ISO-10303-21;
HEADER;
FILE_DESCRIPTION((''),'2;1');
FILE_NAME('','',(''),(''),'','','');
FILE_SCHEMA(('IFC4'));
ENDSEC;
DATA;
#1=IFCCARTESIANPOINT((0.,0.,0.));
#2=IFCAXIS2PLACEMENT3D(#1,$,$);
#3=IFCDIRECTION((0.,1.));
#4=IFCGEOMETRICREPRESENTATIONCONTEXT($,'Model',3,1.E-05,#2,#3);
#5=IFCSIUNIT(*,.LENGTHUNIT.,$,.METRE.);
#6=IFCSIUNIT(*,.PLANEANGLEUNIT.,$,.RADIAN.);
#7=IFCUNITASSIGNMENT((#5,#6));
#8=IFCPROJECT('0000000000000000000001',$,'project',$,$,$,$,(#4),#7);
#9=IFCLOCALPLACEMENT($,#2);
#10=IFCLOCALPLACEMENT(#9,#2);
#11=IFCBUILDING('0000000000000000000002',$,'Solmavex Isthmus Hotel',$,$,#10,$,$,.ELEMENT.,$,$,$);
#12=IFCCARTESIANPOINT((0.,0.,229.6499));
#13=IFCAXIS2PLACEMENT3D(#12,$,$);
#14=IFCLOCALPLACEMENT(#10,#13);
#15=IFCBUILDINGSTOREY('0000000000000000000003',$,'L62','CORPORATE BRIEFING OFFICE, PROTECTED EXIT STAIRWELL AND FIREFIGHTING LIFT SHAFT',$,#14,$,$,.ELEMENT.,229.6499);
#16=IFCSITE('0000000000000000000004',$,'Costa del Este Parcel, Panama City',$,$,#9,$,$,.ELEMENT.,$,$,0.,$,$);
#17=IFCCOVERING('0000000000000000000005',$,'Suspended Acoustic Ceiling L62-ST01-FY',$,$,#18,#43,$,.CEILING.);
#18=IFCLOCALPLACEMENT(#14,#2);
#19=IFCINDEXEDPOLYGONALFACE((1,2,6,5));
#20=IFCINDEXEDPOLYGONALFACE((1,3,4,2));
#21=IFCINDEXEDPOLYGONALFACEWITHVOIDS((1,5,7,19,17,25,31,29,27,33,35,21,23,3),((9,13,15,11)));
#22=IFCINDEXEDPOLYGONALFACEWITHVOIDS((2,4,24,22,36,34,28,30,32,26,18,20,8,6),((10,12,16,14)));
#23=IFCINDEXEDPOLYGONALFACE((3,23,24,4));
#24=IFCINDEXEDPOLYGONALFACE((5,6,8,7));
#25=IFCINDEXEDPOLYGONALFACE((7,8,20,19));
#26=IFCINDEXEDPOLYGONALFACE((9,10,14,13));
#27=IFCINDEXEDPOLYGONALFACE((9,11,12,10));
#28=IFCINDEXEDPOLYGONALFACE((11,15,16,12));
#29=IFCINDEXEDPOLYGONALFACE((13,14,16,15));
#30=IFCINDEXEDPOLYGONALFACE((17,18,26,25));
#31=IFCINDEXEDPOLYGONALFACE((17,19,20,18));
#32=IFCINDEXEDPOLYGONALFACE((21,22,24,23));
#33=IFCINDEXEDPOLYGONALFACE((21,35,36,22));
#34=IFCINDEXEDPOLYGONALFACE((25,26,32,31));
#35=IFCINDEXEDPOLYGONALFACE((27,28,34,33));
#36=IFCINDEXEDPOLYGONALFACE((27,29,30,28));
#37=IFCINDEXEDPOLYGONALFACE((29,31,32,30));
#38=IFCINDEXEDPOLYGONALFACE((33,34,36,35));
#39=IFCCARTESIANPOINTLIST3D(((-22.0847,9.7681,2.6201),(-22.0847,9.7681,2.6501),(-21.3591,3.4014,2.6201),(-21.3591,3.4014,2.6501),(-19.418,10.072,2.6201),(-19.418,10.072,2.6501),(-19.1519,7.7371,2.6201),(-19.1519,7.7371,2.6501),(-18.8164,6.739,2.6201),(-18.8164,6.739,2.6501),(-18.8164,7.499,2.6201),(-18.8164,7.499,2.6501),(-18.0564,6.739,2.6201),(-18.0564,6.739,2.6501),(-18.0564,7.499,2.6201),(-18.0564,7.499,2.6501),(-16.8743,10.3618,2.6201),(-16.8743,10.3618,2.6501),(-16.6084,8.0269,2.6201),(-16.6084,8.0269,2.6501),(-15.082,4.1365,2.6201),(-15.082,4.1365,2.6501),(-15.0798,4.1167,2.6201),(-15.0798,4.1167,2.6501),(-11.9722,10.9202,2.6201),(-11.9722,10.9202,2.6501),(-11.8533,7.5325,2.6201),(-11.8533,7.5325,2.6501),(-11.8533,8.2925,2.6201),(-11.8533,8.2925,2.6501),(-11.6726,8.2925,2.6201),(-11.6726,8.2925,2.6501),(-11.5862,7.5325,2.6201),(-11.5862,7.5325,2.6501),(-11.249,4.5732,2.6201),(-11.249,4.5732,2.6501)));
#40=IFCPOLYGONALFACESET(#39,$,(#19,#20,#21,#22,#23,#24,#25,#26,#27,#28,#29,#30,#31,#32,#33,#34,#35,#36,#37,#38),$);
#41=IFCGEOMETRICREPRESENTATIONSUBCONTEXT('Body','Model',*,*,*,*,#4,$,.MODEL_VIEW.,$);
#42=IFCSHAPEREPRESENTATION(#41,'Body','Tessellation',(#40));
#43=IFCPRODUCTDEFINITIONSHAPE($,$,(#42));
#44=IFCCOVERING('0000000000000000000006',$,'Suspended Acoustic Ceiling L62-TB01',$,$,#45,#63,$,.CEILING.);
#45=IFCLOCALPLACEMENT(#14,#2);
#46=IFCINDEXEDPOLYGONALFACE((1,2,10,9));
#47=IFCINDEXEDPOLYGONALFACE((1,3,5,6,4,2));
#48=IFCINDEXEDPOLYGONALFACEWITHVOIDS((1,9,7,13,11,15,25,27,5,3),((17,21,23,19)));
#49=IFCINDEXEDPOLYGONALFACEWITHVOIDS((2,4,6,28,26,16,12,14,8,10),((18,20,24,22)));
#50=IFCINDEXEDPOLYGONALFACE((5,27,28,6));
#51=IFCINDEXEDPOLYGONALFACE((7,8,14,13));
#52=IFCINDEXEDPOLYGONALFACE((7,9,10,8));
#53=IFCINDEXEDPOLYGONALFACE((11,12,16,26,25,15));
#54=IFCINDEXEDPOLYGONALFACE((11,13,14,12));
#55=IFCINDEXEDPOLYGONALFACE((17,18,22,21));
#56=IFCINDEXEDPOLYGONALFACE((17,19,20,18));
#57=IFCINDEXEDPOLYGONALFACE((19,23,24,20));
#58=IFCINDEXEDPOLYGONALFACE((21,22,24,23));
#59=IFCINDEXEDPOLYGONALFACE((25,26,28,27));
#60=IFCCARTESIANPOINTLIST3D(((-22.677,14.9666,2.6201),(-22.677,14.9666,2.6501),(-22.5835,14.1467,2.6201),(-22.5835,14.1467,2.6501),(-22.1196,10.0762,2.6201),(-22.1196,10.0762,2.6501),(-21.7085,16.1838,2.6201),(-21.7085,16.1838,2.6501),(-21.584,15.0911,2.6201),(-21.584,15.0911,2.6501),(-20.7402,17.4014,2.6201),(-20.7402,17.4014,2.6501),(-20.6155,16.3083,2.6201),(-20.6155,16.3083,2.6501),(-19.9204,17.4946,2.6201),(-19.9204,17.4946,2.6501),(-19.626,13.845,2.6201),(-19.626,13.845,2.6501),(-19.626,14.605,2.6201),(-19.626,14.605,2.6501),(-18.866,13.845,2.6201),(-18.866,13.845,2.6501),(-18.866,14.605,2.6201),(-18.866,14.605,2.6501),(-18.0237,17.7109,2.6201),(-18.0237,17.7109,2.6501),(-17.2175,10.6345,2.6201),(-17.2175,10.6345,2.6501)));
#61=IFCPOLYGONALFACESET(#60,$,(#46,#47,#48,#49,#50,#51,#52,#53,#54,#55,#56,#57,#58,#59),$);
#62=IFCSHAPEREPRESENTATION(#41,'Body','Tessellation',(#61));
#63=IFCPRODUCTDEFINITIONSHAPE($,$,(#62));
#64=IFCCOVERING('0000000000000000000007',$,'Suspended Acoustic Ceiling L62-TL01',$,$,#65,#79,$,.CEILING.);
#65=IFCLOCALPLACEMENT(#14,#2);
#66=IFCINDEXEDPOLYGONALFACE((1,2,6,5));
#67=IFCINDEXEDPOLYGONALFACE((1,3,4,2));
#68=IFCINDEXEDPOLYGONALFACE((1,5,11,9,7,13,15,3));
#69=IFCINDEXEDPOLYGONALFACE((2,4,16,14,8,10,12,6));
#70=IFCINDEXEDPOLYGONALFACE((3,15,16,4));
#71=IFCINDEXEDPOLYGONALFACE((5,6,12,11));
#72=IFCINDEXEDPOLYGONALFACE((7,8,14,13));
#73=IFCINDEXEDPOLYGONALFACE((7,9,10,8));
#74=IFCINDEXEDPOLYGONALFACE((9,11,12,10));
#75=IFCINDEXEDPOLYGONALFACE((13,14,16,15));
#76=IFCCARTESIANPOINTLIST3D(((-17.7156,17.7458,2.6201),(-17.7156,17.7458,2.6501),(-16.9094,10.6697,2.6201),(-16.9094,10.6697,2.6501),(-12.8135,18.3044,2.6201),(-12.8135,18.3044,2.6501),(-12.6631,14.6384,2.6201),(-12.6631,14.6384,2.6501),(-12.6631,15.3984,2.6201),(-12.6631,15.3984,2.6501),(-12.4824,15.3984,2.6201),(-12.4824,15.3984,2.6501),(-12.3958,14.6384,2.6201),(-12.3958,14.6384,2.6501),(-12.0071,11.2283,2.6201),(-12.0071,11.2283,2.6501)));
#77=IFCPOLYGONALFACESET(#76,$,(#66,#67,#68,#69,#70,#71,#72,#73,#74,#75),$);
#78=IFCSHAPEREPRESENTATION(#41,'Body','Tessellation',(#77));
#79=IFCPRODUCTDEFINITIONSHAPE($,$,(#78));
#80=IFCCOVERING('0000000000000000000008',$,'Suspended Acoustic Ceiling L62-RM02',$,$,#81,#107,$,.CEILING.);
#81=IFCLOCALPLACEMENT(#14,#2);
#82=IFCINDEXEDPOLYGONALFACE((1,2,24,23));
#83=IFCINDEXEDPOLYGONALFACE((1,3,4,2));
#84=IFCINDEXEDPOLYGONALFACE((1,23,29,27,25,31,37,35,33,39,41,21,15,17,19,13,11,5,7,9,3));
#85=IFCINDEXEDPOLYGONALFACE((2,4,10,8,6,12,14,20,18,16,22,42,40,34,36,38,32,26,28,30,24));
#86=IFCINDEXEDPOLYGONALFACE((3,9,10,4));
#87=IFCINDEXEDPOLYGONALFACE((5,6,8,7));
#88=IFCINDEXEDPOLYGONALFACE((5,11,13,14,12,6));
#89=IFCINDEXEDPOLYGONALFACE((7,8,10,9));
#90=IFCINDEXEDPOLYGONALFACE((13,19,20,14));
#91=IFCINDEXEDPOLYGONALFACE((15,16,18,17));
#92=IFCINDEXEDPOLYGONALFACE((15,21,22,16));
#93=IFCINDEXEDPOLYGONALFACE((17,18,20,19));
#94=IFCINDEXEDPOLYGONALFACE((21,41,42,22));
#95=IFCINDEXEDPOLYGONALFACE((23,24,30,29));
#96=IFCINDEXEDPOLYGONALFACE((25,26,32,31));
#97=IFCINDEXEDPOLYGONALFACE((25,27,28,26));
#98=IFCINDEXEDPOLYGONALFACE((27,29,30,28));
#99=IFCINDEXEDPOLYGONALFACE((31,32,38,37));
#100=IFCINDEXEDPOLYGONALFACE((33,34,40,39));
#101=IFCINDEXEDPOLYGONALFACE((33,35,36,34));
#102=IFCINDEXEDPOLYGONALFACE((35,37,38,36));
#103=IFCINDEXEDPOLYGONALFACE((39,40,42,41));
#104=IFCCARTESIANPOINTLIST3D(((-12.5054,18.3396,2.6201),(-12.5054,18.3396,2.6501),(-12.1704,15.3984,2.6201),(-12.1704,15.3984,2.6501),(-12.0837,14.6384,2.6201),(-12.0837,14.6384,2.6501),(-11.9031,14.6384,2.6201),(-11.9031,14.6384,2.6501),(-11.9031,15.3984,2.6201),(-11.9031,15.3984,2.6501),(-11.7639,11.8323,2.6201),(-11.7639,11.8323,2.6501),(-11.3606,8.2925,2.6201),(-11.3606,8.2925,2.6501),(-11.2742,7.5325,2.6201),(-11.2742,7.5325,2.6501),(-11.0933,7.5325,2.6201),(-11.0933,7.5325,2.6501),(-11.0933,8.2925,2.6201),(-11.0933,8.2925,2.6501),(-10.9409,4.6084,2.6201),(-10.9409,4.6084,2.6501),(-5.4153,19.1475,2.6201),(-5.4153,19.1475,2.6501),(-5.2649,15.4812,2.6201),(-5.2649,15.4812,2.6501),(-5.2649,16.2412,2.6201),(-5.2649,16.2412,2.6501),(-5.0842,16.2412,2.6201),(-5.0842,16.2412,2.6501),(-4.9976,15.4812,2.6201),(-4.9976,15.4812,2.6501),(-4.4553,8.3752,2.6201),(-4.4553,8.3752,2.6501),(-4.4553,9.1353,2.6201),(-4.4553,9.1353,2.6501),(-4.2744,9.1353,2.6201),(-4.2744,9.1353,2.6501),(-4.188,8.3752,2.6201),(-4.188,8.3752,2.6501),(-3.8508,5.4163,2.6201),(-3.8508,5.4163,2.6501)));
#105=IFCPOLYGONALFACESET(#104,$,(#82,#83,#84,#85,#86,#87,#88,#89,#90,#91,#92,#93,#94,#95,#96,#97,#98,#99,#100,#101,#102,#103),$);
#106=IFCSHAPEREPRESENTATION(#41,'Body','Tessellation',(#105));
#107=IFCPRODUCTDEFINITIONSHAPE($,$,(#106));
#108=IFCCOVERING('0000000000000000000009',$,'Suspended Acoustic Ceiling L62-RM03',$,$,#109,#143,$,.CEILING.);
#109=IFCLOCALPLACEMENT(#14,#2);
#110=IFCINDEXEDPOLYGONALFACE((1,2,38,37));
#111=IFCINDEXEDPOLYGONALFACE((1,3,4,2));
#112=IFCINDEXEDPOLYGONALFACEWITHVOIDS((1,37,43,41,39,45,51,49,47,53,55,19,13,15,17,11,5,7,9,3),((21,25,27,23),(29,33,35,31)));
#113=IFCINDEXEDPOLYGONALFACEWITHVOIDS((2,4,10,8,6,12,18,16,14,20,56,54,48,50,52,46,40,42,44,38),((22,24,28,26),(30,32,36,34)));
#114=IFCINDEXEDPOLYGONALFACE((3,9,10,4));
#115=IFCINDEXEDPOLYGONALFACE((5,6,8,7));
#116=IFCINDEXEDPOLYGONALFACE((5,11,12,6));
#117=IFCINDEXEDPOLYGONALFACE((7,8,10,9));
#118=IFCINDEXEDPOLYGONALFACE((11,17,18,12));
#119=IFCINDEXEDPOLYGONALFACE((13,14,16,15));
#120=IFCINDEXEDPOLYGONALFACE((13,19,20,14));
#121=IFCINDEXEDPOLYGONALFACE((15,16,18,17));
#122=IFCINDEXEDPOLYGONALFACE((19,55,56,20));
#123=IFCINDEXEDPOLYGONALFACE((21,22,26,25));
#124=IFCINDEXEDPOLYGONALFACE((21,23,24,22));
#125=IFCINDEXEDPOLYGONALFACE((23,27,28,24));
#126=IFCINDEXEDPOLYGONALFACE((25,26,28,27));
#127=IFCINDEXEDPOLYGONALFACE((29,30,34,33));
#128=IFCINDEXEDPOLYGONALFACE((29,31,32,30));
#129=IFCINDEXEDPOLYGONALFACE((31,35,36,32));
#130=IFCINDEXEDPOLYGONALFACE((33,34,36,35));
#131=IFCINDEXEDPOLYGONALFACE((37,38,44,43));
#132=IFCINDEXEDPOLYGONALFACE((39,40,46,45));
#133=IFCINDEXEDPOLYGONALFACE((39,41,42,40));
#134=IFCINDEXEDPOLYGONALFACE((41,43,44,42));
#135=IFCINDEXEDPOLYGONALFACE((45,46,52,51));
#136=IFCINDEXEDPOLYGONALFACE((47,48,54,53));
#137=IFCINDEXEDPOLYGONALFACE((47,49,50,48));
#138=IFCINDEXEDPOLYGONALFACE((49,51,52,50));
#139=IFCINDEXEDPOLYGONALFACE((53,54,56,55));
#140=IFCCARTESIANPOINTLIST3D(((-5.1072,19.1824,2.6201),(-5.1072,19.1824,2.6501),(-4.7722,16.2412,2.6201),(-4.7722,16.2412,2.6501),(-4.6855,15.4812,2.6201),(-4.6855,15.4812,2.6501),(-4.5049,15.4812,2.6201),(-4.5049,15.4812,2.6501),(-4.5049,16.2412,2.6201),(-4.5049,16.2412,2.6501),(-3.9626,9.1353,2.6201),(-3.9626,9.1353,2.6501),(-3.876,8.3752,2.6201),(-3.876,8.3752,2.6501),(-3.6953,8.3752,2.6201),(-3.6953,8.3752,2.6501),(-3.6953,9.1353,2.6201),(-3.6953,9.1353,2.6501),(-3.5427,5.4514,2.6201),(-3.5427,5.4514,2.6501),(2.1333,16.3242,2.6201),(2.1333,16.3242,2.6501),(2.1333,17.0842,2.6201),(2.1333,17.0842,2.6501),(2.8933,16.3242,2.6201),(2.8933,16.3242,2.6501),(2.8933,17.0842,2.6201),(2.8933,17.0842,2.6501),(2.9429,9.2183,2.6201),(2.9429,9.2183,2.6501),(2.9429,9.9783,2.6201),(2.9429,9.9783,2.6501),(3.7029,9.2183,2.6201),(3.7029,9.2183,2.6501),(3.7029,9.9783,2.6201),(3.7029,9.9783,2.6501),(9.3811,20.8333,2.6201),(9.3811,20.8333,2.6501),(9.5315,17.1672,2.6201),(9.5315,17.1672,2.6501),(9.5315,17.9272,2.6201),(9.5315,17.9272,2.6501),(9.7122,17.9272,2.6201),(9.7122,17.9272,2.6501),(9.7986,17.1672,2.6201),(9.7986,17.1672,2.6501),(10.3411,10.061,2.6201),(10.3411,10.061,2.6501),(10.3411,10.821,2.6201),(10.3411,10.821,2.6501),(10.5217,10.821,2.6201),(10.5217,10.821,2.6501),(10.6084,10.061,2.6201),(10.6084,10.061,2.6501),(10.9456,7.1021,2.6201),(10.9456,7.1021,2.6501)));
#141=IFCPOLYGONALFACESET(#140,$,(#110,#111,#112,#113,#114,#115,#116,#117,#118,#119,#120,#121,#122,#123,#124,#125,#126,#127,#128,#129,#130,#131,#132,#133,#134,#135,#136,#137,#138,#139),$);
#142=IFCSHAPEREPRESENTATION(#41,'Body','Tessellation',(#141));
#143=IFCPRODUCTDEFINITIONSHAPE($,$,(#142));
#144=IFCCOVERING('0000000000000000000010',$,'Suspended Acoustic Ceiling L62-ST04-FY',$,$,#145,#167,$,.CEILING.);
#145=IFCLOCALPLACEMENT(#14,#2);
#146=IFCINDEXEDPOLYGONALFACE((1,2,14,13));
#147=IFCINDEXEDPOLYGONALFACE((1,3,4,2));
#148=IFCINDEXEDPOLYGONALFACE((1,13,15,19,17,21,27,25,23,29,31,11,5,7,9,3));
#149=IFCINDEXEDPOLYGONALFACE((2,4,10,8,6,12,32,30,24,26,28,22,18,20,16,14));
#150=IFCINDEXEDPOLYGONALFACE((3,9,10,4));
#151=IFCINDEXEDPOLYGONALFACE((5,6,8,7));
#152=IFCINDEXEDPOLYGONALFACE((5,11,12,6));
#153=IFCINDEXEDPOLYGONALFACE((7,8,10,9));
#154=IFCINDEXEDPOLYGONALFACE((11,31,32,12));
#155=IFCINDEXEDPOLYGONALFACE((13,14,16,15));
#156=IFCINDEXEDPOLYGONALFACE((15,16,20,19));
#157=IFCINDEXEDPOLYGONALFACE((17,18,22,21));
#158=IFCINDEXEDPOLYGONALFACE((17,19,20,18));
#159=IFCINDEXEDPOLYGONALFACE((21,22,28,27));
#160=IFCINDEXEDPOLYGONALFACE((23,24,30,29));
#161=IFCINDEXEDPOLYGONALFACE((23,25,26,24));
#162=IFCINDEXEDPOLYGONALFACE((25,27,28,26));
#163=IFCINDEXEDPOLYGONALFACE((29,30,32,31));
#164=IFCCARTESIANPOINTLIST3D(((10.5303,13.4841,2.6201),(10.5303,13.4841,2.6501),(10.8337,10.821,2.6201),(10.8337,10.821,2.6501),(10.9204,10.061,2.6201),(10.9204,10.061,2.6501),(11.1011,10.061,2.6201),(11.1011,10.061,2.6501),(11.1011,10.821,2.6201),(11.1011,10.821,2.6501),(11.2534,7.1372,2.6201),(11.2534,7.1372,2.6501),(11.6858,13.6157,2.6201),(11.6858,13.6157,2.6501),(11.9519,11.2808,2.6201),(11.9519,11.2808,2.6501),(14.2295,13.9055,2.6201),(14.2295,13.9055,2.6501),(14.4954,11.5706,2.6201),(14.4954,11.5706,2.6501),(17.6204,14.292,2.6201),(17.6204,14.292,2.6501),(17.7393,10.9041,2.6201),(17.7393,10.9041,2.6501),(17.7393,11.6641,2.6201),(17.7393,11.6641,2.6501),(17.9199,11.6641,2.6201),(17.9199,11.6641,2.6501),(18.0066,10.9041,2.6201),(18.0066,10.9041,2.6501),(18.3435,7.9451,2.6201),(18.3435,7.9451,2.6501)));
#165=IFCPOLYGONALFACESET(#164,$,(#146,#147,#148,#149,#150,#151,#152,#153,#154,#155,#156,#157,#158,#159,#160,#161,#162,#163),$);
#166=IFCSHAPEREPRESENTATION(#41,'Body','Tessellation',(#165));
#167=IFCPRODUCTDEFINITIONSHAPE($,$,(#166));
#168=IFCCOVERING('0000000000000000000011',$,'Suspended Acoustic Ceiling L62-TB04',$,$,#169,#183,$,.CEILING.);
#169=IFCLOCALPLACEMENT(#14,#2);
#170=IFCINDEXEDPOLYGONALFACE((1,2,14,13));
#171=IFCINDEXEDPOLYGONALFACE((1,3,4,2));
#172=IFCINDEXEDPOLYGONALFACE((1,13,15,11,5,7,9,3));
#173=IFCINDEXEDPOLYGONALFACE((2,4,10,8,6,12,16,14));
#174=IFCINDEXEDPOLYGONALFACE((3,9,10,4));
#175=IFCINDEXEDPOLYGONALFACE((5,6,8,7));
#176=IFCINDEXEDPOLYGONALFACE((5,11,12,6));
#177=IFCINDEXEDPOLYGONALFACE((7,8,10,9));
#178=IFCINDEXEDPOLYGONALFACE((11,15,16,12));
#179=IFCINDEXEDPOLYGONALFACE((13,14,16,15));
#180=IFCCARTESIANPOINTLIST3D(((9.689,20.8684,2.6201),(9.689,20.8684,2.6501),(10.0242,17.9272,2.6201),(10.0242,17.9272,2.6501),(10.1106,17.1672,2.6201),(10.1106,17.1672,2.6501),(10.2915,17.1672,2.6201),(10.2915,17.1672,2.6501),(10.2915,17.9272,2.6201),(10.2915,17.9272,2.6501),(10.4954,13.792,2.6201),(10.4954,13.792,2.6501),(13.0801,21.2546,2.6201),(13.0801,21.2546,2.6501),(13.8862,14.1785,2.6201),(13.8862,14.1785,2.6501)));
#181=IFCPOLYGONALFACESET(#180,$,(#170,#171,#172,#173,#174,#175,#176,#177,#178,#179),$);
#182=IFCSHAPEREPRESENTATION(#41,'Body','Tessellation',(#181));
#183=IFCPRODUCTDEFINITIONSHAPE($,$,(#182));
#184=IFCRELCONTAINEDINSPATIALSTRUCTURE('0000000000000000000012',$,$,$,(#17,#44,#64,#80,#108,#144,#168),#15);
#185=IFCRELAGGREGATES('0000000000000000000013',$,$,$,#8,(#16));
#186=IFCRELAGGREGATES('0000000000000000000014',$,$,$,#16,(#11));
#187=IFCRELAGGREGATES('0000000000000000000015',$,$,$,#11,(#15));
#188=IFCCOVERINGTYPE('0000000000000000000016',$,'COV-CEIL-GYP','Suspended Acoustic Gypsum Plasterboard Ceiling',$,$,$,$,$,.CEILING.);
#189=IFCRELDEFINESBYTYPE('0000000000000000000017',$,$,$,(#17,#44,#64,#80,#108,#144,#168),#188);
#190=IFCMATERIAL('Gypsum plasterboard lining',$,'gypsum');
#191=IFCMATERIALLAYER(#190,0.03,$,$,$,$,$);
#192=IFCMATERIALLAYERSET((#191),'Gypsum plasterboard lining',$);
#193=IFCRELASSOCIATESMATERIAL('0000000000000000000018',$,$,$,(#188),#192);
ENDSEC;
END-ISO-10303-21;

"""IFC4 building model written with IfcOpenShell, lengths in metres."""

from ifc_helpers import new_model, si_unit, direction, frame, origin, place, context, subcontext, project, spatial, polyline, outline, extrude, material, layer, layer_set, type_object, element, save


model = new_model("IFC4")

# Units and contexts
model_context = context("Model", 3, precision=1e-05, world=origin(), true_north=direction((0.0, 1.0)))
body_context = subcontext(model_context, "Body", "Model", "MODEL_VIEW")
ifc_project = project(units=[si_unit("LENGTHUNIT", "METRE"), si_unit("PLANEANGLEUNIT", "RADIAN")], contexts=[model_context])

# Site, building, storey
site_placement = place(None, origin())
site = spatial("IfcSite", under=ifc_project, at=site_placement, Name="Costa del Este Parcel, Panama City", CompositionType="ELEMENT", RefElevation=0.0)
building_placement = place(site_placement, origin())
building = spatial("IfcBuilding", under=site, at=building_placement, Name="Solmavex Isthmus Hotel", CompositionType="ELEMENT")
storey_placement = place(building_placement, frame((0.0, 0.0, 229.6499)))
storey = spatial("IfcBuildingStorey", under=building, at=storey_placement, Name="L62", Description="CORPORATE BRIEFING OFFICE, PROTECTED EXIT STAIRWELL AND FIREFIGHTING LIFT SHAFT", CompositionType="ELEMENT", Elevation=229.6499)

# Shared definitions
ifc_material_1 = material(Name="Gypsum plasterboard lining", Category="gypsum")

# Coverings
ifc_layer_1 = layer(ifc_material_1, 0.03)
ifc_layer_set_1 = layer_set([ifc_layer_1], Name="Gypsum plasterboard lining")
covering_type_1 = type_object("IfcCoveringType", Name="COV-CEIL-GYP", Description="Suspended Acoustic Gypsum Plasterboard Ceiling", PredefinedType="CEILING", material=ifc_layer_set_1)
covering_1_placement = place(storey_placement, frame((0.0, 0.0, 2.6201)))
element("IfcCovering", 1, at=covering_1_placement, inside=storey, type_object=covering_type_1, Name="Suspended Acoustic Ceiling L62-ST01-FY", PredefinedType="CEILING", context=body_context, shape_type="SweptSolid", body=[
    extrude(outline(polyline([(-15.0798, 4.1167), (-15.082, 4.1365), (-11.249, 4.5732), (-11.5862, 7.5325), (-11.8533, 7.5325), (-11.8533, 8.2925), (-11.6726, 8.2925), (-11.9722, 10.9202), (-16.8743, 10.3618), (-16.6084, 8.0269), (-19.1519, 7.7371), (-19.418, 10.072), (-22.0847, 9.7681), (-21.3591, 3.4014), (-15.0798, 4.1167)]), holes=[polyline([(-18.8164, 6.739), (-18.8164, 7.499), (-18.0564, 7.499), (-18.0564, 6.739), (-18.8164, 6.739)])]), origin(), (0.0, 0.0, 1.0), 0.03),
])
covering_2_placement = place(storey_placement, frame((0.0, 0.0, 2.6201)))
element("IfcCovering", 2, at=covering_2_placement, inside=storey, type_object=covering_type_1, Name="Suspended Acoustic Ceiling L62-TB01", PredefinedType="CEILING", context=body_context, shape_type="SweptSolid", body=[
    extrude(outline(polyline([(-22.677, 14.9666), (-22.5835, 14.1467), (-22.1196, 10.0762), (-17.2175, 10.6345), (-18.0237, 17.7109), (-19.9204, 17.4946), (-20.7402, 17.4014), (-20.6155, 16.3083), (-21.7085, 16.1838), (-21.584, 15.0911), (-22.677, 14.9666)]), holes=[polyline([(-19.626, 13.845), (-19.626, 14.605), (-18.866, 14.605), (-18.866, 13.845), (-19.626, 13.845)])]), origin(), (0.0, 0.0, 1.0), 0.03),
])
covering_3_placement = place(storey_placement, frame((0.0, 0.0, 2.6201)))
element("IfcCovering", 3, at=covering_3_placement, inside=storey, type_object=covering_type_1, Name="Suspended Acoustic Ceiling L62-TL01", PredefinedType="CEILING", context=body_context, shape_type="SweptSolid", body=[
    extrude(outline(polyline([(-12.3958, 14.6384), (-12.6631, 14.6384), (-12.6631, 15.3984), (-12.4824, 15.3984), (-12.8135, 18.3044), (-17.7156, 17.7458), (-16.9094, 10.6697), (-12.0071, 11.2283), (-12.3958, 14.6384)])), origin(), (0.0, 0.0, 1.0), 0.03),
])
covering_4_placement = place(storey_placement, frame((0.0, 0.0, 2.6201)))
element("IfcCovering", 4, at=covering_4_placement, inside=storey, type_object=covering_type_1, Name="Suspended Acoustic Ceiling L62-RM02", PredefinedType="CEILING", context=body_context, shape_type="SweptSolid", body=[
    extrude(outline(polyline([(-11.3606, 8.2925), (-11.0933, 8.2925), (-11.0933, 7.5325), (-11.2742, 7.5325), (-10.9409, 4.6084), (-3.8508, 5.4163), (-4.188, 8.3752), (-4.4553, 8.3752), (-4.4553, 9.1353), (-4.2744, 9.1353), (-4.9976, 15.4812), (-5.2649, 15.4812), (-5.2649, 16.2412), (-5.0842, 16.2412), (-5.4153, 19.1475), (-12.5054, 18.3396), (-12.1704, 15.3984), (-11.9031, 15.3984), (-11.9031, 14.6384), (-12.0837, 14.6384), (-11.7639, 11.8323), (-11.3606, 8.2925)])), origin(), (0.0, 0.0, 1.0), 0.03),
])
covering_5_placement = place(storey_placement, frame((0.0, 0.0, 2.6201)))
element("IfcCovering", 5, at=covering_5_placement, inside=storey, type_object=covering_type_1, Name="Suspended Acoustic Ceiling L62-RM03", PredefinedType="CEILING", context=body_context, shape_type="SweptSolid", body=[
    extrude(outline(polyline([(-3.9626, 9.1353), (-3.6953, 9.1353), (-3.6953, 8.3752), (-3.876, 8.3752), (-3.5427, 5.4514), (10.9456, 7.1021), (10.6084, 10.061), (10.3411, 10.061), (10.3411, 10.821), (10.5217, 10.821), (9.7986, 17.1672), (9.5315, 17.1672), (9.5315, 17.9272), (9.7122, 17.9272), (9.3811, 20.8333), (-5.1072, 19.1824), (-4.7722, 16.2412), (-4.5049, 16.2412), (-4.5049, 15.4812), (-4.6855, 15.4812), (-3.9626, 9.1353)]), holes=[polyline([(2.9429, 9.2183), (2.9429, 9.9783), (3.7029, 9.9783), (3.7029, 9.2183), (2.9429, 9.2183)]), polyline([(2.1333, 16.3242), (2.1333, 17.0842), (2.8933, 17.0842), (2.8933, 16.3242), (2.1333, 16.3242)])]), origin(), (0.0, 0.0, 1.0), 0.03),
])
covering_6_placement = place(storey_placement, frame((0.0, 0.0, 2.6201)))
element("IfcCovering", 6, at=covering_6_placement, inside=storey, type_object=covering_type_1, Name="Suspended Acoustic Ceiling L62-ST04-FY", PredefinedType="CEILING", context=body_context, shape_type="SweptSolid", body=[
    extrude(outline(polyline([(11.6858, 13.6157), (10.5303, 13.4841), (10.8337, 10.821), (11.1011, 10.821), (11.1011, 10.061), (10.9204, 10.061), (11.2534, 7.1372), (18.3435, 7.9451), (18.0066, 10.9041), (17.7393, 10.9041), (17.7393, 11.6641), (17.9199, 11.6641), (17.6204, 14.292), (14.2295, 13.9055), (14.4954, 11.5706), (11.9519, 11.2808), (11.6858, 13.6157)])), origin(), (0.0, 0.0, 1.0), 0.03),
])
covering_7_placement = place(storey_placement, frame((0.0, 0.0, 2.6201)))
element("IfcCovering", 7, at=covering_7_placement, inside=storey, type_object=covering_type_1, Name="Suspended Acoustic Ceiling L62-TB04", PredefinedType="CEILING", context=body_context, shape_type="SweptSolid", body=[
    extrude(outline(polyline([(10.0242, 17.9272), (10.2915, 17.9272), (10.2915, 17.1672), (10.1106, 17.1672), (10.4954, 13.792), (13.8862, 14.1785), (13.0801, 21.2546), (9.689, 20.8684), (10.0242, 17.9272)])), origin(), (0.0, 0.0, 1.0), 0.03),
])

save(model, "model.ifc")
